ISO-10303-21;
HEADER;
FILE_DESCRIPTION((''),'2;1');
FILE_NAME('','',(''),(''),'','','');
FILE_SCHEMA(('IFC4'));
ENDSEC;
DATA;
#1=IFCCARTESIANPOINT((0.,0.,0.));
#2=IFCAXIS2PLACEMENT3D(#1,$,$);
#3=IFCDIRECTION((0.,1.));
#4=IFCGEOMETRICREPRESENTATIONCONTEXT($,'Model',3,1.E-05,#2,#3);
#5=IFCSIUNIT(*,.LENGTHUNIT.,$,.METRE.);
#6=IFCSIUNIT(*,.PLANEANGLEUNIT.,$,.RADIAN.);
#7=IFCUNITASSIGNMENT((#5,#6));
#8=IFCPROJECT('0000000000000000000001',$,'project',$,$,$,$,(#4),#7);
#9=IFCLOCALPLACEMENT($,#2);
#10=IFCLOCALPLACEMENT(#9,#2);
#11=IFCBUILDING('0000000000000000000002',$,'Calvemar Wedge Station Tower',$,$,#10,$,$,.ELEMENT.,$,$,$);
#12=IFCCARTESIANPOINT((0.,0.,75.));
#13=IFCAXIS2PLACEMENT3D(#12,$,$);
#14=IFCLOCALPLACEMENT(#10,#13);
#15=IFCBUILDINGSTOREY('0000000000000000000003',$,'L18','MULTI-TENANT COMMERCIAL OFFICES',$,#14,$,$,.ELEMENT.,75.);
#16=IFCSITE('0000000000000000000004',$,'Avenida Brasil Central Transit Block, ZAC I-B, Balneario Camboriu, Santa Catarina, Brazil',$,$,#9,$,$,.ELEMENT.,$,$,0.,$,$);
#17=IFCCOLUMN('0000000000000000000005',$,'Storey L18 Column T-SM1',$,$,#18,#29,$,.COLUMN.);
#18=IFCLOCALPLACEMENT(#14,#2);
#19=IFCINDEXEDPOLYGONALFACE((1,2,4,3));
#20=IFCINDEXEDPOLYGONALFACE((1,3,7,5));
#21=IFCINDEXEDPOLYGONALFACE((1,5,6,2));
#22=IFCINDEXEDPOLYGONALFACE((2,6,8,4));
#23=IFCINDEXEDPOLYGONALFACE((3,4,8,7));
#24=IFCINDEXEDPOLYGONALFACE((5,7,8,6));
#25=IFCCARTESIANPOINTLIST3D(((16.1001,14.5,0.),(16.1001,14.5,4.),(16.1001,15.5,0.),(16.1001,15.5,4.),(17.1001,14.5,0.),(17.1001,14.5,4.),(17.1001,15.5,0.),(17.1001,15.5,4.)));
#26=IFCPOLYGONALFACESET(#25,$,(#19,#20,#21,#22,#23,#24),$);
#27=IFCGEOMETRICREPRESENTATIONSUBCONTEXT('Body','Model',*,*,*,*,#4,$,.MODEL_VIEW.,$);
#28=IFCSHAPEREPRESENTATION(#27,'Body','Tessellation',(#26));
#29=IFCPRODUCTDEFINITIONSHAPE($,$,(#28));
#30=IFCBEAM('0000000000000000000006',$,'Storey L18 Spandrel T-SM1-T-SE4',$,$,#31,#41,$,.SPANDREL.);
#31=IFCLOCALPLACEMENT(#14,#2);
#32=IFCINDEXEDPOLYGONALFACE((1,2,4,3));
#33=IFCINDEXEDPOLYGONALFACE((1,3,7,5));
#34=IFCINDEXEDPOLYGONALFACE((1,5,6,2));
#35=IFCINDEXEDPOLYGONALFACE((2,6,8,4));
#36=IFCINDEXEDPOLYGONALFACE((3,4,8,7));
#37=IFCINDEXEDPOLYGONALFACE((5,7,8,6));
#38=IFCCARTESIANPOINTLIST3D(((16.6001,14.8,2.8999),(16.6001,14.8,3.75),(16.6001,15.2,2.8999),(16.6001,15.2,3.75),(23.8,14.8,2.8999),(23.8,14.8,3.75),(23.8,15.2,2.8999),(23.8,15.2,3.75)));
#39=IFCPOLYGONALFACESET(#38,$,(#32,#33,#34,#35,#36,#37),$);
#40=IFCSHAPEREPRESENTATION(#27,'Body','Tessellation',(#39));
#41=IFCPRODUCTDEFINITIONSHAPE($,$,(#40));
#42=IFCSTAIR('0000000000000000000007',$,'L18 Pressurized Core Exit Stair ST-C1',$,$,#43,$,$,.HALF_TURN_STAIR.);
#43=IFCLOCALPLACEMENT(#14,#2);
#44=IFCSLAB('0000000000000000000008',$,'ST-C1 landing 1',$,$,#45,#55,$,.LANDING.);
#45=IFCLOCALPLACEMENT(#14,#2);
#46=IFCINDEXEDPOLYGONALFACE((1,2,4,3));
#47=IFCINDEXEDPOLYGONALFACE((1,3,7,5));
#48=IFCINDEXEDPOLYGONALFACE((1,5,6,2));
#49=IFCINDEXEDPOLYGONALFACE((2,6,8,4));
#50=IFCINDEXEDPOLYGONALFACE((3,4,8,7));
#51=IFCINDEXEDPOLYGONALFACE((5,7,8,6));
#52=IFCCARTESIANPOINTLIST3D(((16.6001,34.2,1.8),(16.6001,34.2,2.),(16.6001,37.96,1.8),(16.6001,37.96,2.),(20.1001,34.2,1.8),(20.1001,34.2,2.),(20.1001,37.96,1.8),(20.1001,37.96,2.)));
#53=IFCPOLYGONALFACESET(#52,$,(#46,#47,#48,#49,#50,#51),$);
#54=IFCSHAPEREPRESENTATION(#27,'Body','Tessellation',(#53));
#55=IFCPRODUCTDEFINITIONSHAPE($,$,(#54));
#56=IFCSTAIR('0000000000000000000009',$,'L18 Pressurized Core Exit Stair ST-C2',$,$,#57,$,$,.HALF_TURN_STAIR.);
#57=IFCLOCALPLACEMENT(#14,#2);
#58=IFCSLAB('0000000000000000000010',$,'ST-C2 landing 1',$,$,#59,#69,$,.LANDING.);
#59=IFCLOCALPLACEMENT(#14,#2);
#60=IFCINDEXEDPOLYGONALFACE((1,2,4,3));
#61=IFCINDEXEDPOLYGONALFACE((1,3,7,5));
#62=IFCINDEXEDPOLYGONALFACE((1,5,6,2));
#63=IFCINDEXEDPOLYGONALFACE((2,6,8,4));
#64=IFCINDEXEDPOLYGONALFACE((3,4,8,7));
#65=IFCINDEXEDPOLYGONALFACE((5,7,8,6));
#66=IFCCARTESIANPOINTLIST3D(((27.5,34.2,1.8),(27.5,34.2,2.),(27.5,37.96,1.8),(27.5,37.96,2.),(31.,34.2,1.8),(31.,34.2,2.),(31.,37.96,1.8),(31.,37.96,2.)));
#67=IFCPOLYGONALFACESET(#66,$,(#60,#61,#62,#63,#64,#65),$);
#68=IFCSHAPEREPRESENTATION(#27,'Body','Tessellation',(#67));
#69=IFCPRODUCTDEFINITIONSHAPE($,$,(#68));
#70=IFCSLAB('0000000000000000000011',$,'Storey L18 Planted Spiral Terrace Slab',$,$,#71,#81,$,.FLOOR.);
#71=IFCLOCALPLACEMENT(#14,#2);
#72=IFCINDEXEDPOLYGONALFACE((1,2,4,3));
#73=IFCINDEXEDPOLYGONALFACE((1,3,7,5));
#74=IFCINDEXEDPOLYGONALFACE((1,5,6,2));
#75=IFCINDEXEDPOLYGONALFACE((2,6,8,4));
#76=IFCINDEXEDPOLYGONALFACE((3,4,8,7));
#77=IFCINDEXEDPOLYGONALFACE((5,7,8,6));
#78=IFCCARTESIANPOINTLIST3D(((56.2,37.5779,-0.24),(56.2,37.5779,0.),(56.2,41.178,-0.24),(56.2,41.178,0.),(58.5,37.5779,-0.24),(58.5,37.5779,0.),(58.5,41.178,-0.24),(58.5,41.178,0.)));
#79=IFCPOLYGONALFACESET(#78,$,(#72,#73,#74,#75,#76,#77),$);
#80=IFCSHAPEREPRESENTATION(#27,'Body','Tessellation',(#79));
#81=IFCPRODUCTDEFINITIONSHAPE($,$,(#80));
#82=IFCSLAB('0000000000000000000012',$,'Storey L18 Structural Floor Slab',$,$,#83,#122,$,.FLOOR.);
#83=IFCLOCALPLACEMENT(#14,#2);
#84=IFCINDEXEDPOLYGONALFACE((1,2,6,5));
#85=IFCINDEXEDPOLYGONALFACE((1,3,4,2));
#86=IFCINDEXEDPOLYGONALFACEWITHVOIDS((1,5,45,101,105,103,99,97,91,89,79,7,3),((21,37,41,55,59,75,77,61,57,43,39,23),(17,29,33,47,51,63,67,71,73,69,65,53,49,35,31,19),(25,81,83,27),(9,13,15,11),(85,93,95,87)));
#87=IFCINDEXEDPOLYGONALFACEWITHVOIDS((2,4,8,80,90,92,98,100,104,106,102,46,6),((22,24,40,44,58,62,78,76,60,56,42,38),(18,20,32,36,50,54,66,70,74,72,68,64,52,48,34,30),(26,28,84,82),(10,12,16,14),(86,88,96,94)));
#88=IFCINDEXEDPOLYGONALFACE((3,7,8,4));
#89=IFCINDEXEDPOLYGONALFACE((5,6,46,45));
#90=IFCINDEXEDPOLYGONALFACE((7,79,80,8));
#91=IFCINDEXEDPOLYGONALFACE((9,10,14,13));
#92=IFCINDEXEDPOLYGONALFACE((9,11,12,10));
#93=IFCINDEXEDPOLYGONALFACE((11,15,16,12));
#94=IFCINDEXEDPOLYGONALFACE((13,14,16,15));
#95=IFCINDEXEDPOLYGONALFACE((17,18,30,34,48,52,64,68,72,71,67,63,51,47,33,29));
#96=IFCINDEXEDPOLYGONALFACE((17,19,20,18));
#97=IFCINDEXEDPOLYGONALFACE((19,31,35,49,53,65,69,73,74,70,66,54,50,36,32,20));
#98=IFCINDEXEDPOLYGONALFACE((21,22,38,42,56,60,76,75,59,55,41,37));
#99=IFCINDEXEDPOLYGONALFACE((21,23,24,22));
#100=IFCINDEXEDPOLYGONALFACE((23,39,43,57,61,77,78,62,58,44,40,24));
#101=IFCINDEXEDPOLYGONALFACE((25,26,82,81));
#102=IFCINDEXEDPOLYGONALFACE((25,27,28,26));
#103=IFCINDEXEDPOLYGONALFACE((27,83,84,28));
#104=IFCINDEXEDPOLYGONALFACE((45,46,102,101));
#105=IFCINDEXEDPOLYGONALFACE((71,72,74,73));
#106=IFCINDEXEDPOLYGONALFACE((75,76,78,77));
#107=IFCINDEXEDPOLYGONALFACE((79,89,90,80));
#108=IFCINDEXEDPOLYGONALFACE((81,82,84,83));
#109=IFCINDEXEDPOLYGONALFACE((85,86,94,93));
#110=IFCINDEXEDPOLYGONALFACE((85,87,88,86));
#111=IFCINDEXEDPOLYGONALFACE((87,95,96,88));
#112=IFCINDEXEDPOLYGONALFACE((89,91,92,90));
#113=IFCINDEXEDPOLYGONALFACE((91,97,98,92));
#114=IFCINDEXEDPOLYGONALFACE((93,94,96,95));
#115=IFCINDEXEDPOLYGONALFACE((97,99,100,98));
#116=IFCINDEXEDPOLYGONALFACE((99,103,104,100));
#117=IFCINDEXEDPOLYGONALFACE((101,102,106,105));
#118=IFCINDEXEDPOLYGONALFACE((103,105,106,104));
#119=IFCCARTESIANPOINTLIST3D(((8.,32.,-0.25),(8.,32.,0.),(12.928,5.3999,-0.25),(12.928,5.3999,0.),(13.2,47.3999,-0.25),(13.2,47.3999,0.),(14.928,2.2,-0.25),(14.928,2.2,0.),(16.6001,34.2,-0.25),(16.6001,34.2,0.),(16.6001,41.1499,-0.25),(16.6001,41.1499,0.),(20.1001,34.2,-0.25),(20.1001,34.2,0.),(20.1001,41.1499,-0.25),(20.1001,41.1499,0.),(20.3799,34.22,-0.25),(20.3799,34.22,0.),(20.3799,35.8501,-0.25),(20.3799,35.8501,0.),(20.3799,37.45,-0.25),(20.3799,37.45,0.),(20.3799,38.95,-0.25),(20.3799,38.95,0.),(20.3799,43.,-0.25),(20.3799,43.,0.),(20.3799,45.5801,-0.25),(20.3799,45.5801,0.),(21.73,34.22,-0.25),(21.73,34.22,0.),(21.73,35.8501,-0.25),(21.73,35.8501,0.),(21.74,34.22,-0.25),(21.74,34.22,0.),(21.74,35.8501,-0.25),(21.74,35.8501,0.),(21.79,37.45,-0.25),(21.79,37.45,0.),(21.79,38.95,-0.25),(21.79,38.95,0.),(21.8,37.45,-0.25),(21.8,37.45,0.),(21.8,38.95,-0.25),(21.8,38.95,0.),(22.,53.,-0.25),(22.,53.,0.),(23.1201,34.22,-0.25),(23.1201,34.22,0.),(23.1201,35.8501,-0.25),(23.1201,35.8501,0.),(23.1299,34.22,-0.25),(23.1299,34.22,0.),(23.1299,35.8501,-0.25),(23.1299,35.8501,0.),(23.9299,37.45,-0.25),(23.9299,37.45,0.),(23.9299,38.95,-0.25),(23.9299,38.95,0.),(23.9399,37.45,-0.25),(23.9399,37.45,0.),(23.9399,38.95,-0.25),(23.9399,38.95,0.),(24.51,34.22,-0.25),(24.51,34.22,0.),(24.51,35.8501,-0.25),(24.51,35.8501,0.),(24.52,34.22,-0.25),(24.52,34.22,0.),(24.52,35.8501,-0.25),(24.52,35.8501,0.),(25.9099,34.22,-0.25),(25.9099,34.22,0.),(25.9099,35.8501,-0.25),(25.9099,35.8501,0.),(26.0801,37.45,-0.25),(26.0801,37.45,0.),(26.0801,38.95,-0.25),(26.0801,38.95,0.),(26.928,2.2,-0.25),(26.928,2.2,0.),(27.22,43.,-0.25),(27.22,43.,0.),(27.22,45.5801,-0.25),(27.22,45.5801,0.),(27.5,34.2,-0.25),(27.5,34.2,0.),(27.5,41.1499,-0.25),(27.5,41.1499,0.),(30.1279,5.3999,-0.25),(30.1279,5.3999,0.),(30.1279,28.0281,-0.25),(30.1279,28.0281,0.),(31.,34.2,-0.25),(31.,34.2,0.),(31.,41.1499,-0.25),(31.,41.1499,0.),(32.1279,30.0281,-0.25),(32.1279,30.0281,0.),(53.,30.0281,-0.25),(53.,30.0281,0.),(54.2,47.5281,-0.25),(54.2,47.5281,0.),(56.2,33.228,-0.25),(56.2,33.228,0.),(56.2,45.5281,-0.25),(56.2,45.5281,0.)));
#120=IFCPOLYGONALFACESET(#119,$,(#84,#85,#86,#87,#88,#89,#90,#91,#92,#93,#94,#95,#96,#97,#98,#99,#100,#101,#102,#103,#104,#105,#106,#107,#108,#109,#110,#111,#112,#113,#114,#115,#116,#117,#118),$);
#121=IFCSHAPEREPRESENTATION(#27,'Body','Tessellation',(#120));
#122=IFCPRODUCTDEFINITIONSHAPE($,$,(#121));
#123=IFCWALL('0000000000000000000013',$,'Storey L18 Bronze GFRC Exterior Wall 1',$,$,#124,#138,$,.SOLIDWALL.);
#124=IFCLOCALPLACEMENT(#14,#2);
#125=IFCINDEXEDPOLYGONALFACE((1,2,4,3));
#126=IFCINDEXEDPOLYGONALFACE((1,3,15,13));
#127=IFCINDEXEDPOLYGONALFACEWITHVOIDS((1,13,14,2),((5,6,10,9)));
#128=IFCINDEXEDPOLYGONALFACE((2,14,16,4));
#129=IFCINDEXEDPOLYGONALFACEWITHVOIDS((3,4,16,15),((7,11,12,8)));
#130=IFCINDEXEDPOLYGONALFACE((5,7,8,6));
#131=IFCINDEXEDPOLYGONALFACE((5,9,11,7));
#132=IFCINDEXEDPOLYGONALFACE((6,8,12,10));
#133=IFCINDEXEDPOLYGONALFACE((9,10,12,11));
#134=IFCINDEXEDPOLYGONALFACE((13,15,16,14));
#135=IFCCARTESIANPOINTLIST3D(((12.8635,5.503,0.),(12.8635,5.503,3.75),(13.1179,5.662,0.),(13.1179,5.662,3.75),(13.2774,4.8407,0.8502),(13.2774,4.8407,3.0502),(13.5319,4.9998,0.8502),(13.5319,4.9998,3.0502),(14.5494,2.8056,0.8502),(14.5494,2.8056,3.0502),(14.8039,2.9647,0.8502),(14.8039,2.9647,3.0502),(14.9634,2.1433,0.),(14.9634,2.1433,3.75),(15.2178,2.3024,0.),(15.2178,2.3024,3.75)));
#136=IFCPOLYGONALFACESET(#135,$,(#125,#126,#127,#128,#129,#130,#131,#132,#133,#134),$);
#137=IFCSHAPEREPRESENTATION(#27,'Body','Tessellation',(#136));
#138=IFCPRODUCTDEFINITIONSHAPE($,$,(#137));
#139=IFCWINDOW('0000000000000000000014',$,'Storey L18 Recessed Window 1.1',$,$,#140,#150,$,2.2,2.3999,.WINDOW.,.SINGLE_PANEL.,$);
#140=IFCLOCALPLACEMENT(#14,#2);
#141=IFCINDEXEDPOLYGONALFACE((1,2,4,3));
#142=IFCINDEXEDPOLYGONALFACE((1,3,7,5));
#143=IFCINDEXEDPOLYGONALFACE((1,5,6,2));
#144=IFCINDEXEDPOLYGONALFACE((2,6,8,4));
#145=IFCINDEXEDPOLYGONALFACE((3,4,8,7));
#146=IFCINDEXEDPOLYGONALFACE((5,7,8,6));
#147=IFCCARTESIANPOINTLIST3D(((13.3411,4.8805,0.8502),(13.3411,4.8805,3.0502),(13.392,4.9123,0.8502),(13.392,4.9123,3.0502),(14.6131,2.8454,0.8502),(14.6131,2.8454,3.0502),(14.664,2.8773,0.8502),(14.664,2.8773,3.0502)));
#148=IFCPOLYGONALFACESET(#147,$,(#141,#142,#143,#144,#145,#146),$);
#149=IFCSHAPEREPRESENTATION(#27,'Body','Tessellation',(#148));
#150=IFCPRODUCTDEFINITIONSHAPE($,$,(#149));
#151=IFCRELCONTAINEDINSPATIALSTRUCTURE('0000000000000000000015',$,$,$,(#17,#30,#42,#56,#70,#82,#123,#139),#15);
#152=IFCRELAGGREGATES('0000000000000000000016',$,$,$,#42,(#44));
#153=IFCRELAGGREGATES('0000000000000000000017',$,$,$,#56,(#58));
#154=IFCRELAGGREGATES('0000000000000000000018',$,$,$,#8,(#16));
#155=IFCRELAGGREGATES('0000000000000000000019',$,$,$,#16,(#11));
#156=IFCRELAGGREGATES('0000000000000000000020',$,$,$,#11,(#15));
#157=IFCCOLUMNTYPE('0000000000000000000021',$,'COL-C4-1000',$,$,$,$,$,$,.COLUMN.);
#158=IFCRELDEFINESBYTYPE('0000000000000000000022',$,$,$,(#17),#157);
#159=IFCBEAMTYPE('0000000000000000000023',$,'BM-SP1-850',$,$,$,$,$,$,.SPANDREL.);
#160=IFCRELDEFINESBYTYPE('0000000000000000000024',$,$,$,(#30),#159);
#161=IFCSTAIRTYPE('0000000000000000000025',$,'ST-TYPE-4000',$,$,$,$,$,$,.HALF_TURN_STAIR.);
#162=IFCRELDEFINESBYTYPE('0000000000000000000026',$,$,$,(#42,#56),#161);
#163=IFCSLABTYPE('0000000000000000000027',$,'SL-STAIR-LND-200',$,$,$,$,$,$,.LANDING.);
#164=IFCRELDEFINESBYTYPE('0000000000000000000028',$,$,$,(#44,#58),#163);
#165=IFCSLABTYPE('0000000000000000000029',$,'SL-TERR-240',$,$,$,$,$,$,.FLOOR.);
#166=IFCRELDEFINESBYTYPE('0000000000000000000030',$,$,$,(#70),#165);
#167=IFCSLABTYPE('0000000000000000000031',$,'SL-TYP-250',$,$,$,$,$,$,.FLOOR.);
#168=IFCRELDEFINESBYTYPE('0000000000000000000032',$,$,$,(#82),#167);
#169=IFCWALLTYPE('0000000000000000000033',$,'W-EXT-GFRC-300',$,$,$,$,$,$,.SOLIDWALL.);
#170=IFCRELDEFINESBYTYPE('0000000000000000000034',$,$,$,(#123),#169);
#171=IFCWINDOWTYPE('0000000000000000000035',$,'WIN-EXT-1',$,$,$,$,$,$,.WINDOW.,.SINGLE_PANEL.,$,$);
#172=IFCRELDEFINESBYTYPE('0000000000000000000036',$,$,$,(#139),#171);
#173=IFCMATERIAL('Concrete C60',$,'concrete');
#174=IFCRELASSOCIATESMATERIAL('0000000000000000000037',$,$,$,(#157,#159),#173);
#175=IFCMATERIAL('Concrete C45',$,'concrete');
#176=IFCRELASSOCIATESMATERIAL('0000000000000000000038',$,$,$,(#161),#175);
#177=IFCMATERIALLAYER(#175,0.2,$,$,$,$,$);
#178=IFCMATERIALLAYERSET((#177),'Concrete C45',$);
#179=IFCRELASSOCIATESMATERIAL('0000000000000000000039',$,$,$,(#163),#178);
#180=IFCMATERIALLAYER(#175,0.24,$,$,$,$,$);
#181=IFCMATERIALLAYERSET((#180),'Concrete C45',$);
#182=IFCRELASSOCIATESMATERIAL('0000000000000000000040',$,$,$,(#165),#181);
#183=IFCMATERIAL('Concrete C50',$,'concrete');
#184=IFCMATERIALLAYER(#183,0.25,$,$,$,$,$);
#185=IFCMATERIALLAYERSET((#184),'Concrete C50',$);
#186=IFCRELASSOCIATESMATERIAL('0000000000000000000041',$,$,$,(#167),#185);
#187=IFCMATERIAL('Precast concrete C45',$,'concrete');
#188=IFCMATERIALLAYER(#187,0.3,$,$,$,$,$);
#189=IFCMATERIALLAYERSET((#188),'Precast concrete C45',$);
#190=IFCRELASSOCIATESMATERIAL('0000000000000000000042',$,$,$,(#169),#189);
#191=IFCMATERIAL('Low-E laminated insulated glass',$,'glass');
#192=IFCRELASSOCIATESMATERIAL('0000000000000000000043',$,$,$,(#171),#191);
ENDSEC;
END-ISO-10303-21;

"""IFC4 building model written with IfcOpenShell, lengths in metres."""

from ifc_helpers import new_model, si_unit, direction, frame, frame_2d, origin, origin_2d, place, context, subcontext, project, spatial, polyline, rectangle, outline, extrude, source, transform, mapped, material, layer, layer_set, material_profile, profile_set, type_object, element, fill, aggregate, save


model = new_model("IFC4")

# Units and contexts
model_context = context("Model", 3, precision=1e-05, world=origin(), true_north=direction((0.0, 1.0)))
body_context = subcontext(model_context, "Body", "Model", "MODEL_VIEW")
ifc_project = project(units=[si_unit("LENGTHUNIT", "METRE"), si_unit("PLANEANGLEUNIT", "RADIAN")], contexts=[model_context])

# Site, building, storey
site_placement = place(None, origin())
site = spatial("IfcSite", under=ifc_project, at=site_placement, Name="Avenida Brasil Central Transit Block, ZAC I-B, Balneario Camboriu, Santa Catarina, Brazil", CompositionType="ELEMENT", RefElevation=0.0)
building_placement = place(site_placement, origin())
building = spatial("IfcBuilding", under=site, at=building_placement, Name="Calvemar Wedge Station Tower", CompositionType="ELEMENT")
storey_placement = place(building_placement, frame((0.0, 0.0, 75.0)))
storey = spatial("IfcBuildingStorey", under=building, at=storey_placement, Name="L18", Description="MULTI-TENANT COMMERCIAL OFFICES", CompositionType="ELEMENT", Elevation=75.0)

# Column
ifc_material_1 = material(Name="Concrete C60", Category="concrete")
ifc_material_profile_1 = material_profile(ifc_material_1, rectangle(XDim=1.0, YDim=1.0, at=origin_2d()), Name="RC1000x1000")
ifc_profile_set_1 = profile_set([ifc_material_profile_1], Name="Concrete C60")
column_type = type_object("IfcColumnType", Name="COL-C4-1000", PredefinedType="COLUMN", material=ifc_profile_set_1)
shared_shape_1 = source(origin(), body_context, "Body", "SweptSolid", [
    extrude(rectangle(XDim=1.0, YDim=1.0, at=origin_2d()), origin(), (0.0, 0.0, 1.0), 4.0),
])
column_placement = place(storey_placement, frame((16.6001, 15.0, 0.0), z_axis=(0.0, 0.0, 1.0), x_axis=(1.0, 0.0, 0.0)))
element("IfcColumn", 1, at=column_placement, inside=storey, type_object=column_type, Name="Storey L18 Column T-SM1", PredefinedType="COLUMN", context=body_context, shape_type="MappedRepresentation", body=[
    mapped(shared_shape_1, transform((0.0, 0.0, 0.0), scale=1.0)),
])

# Beam
ifc_material_profile_2 = material_profile(ifc_material_1, rectangle(XDim=0.3999, YDim=0.8501, at=origin_2d()), Name="RC400x850")
ifc_profile_set_2 = profile_set([ifc_material_profile_2], Name="Concrete C60")
beam_type = type_object("IfcBeamType", Name="BM-SP1-850", PredefinedType="SPANDREL", material=ifc_profile_set_2)
shared_shape_2 = source(origin(), body_context, "Body", "SweptSolid", [
    extrude(rectangle(XDim=0.3999, YDim=0.8501, at=origin_2d()), origin(), (0.0, 0.0, 1.0), 7.2),
])
beam_placement = place(storey_placement, frame((16.6001, 15.0, 3.325), z_axis=(1.0, 0.0, 0.0), x_axis=(0.0, 1.0, 0.0)))
element("IfcBeam", 2, at=beam_placement, inside=storey, type_object=beam_type, Name="Storey L18 Spandrel T-SM1-T-SE4", PredefinedType="SPANDREL", context=body_context, shape_type="MappedRepresentation", body=[
    mapped(shared_shape_2, transform((0.0, 0.0, 0.0), scale=1.0)),
])

# Stairs, slabs
ifc_material_2 = material(Name="Concrete C45", Category="concrete")
stair_type = type_object("IfcStairType", Name="ST-TYPE-4000", PredefinedType="HALF_TURN_STAIR", material=ifc_material_2)
stair_1_placement = place(storey_placement, origin())
stair_1 = element("IfcStair", 3, at=stair_1_placement, inside=storey, type_object=stair_type, Name="L18 Pressurized Core Exit Stair ST-C1", PredefinedType="HALF_TURN_STAIR")
ifc_layer_1 = layer(ifc_material_2, 0.2)
ifc_layer_set_1 = layer_set([ifc_layer_1], Name="Concrete C45")
slab_type_1 = type_object("IfcSlabType", Name="SL-STAIR-LND-200", PredefinedType="LANDING", material=ifc_layer_set_1)
slab_1_placement = place(storey_placement, frame((0.0, 0.0, 1.8)))
slab_1 = element("IfcSlab", 4, at=slab_1_placement, type_object=slab_type_1, Name="ST-C1 landing 1", PredefinedType="LANDING", context=body_context, shape_type="SweptSolid", body=[
    extrude(outline(polyline([(16.6001, 37.96), (16.6001, 34.2), (20.1001, 34.2), (20.1001, 37.96), (16.6001, 37.96)])), origin(), (0.0, 0.0, 1.0), 0.2),
])
aggregate(stair_1, [slab_1])
stair_2_placement = place(storey_placement, origin())
stair_2 = element("IfcStair", 5, at=stair_2_placement, inside=storey, type_object=stair_type, Name="L18 Pressurized Core Exit Stair ST-C2", PredefinedType="HALF_TURN_STAIR")
slab_2_placement = place(storey_placement, frame((0.0, 0.0, 1.8)))
slab_2 = element("IfcSlab", 6, at=slab_2_placement, type_object=slab_type_1, Name="ST-C2 landing 1", PredefinedType="LANDING", context=body_context, shape_type="SweptSolid", body=[
    extrude(outline(polyline([(27.5, 37.96), (27.5, 34.2), (31.0, 34.2), (31.0, 37.96), (27.5, 37.96)])), origin(), (0.0, 0.0, 1.0), 0.2),
])
aggregate(stair_2, [slab_2])

# Slabs
ifc_layer_2 = layer(ifc_material_2, 0.24)
ifc_layer_set_2 = layer_set([ifc_layer_2], Name="Concrete C45")
slab_type_2 = type_object("IfcSlabType", Name="SL-TERR-240", PredefinedType="FLOOR", material=ifc_layer_set_2)
slab_3_placement = place(storey_placement, frame((0.0, 0.0, -0.24)))
element("IfcSlab", 7, at=slab_3_placement, inside=storey, type_object=slab_type_2, Name="Storey L18 Planted Spiral Terrace Slab", PredefinedType="FLOOR", context=body_context, shape_type="SweptSolid", body=[
    extrude(outline(polyline([(56.2, 37.5779), (58.5, 37.5779), (58.5, 41.178), (56.2, 41.178), (56.2, 37.5779)])), origin(), (0.0, 0.0, 1.0), 0.24),
])
ifc_material_3 = material(Name="Concrete C50", Category="concrete")
ifc_layer_3 = layer(ifc_material_3, 0.25)
ifc_layer_set_3 = layer_set([ifc_layer_3], Name="Concrete C50")
slab_type_3 = type_object("IfcSlabType", Name="SL-TYP-250", PredefinedType="FLOOR", material=ifc_layer_set_3)
slab_4_placement = place(storey_placement, frame((0.0, 0.0, -0.25)))
element("IfcSlab", 8, at=slab_4_placement, inside=storey, type_object=slab_type_3, Name="Storey L18 Structural Floor Slab", PredefinedType="FLOOR", context=body_context, shape_type="SweptSolid", body=[
    extrude(outline(polyline([(8.0, 32.0), (12.928, 5.3999), (14.928, 2.2), (26.928, 2.2), (30.1279, 5.3999), (30.1279, 28.0281), (32.1279, 30.0281), (53.0, 30.0281), (56.2, 33.228), (56.2, 45.5281), (54.2, 47.5281), (22.0, 53.0), (13.2, 47.3999), (8.0, 32.0)]), holes=[polyline([(21.74, 35.8501), (21.73, 35.8501), (20.3799, 35.8501), (20.3799, 34.22), (21.73, 34.22), (21.74, 34.22), (23.1201, 34.22), (23.1299, 34.22), (24.51, 34.22), (24.52, 34.22), (25.9099, 34.22), (25.9099, 35.8501), (24.52, 35.8501), (24.51, 35.8501), (23.1299, 35.8501), (23.1201, 35.8501), (21.74, 35.8501)]), polyline([(16.6001, 41.1499), (16.6001, 34.2), (20.1001, 34.2), (20.1001, 41.1499), (16.6001, 41.1499)]), polyline([(27.5, 34.2), (31.0, 34.2), (31.0, 41.1499), (27.5, 41.1499), (27.5, 34.2)]), polyline([(21.79, 37.45), (21.8, 37.45), (23.9299, 37.45), (23.9399, 37.45), (26.0801, 37.45), (26.0801, 38.95), (23.9399, 38.95), (23.9299, 38.95), (21.8, 38.95), (21.79, 38.95), (20.3799, 38.95), (20.3799, 37.45), (21.79, 37.45)]), polyline([(20.3799, 43.0), (27.22, 43.0), (27.22, 45.5801), (20.3799, 45.5801), (20.3799, 43.0)])]), origin(), (0.0, 0.0, 1.0), 0.25),
])

# Wall, opening, window
ifc_material_4 = material(Name="Precast concrete C45", Category="concrete")
ifc_layer_4 = layer(ifc_material_4, 0.3)
ifc_layer_set_4 = layer_set([ifc_layer_4], Name="Precast concrete C45")
wall_type_1 = type_object("IfcWallType", Name="W-EXT-GFRC-300", PredefinedType="SOLIDWALL", material=ifc_layer_set_4)
wall_1_placement = place(storey_placement, frame((12.9907, 5.5825, 0.0), z_axis=(0.0, 0.0, 1.0), x_axis=(0.530016, -0.847988, 0.0)))
wall_1 = element("IfcWall", 9, at=wall_1_placement, inside=storey, type_object=wall_type_1, Name="Storey L18 Bronze GFRC Exterior Wall 1", PredefinedType="SOLIDWALL", context=body_context, shape_type="SweptSolid", body=[
    extrude(rectangle(XDim=3.9619, YDim=0.3, at=frame_2d((1.981, 0.0))), origin(), (0.0, 0.0, 1.0), 3.75),
])
shared_shape_3 = source(origin(), body_context, "Body", "SweptSolid", [
    extrude(rectangle(XDim=2.3999, YDim=2.2, at=frame_2d((1.2, 1.1001))), frame((0.0, 0.1602, 0.0), z_axis=(0.0, -1.0, 0.0), x_axis=(1.0, 0.0, 0.0)), (0.0, 0.0, 1.0), 0.3201),
])
opening_1_placement = place(wall_1_placement, frame((0.781, 0.0, 0.8501)))
opening_1 = element("IfcOpeningElement", 10, at=opening_1_placement, cuts=wall_1, PredefinedType="OPENING", context=body_context, shape_type="MappedRepresentation", body=[
    mapped(shared_shape_3, transform((0.0, 0.0, 0.0), scale=1.0)),
])
ifc_material_5 = material(Name="Low-E laminated insulated glass", Category="glass")
window_type_1 = type_object("IfcWindowType", Name="WIN-EXT-1", PartitioningType="SINGLE_PANEL", PredefinedType="WINDOW", material=ifc_material_5)
shared_shape_4 = source(origin(), body_context, "Body", "SweptSolid", [
    extrude(rectangle(XDim=2.3999, YDim=2.2, at=frame_2d((1.2, 1.1001))), frame((0.0, -0.0149, 0.0), z_axis=(0.0, -1.0, 0.0), x_axis=(1.0, 0.0, 0.0)), (0.0, 0.0, 1.0), 0.0601),
])
window_1_placement = place(opening_1_placement, origin())
window_1 = element("IfcWindow", 11, at=window_1_placement, inside=storey, type_object=window_type_1, Name="Storey L18 Recessed Window 1.1", OverallHeight=2.2, OverallWidth=2.3999, PartitioningType="SINGLE_PANEL", PredefinedType="WINDOW", context=body_context, shape_type="MappedRepresentation", body=[
    mapped(shared_shape_4, transform((0.0, 0.0, 0.0), scale=1.0)),
])
fill(opening_1, window_1)

save(model, "model.ifc")
